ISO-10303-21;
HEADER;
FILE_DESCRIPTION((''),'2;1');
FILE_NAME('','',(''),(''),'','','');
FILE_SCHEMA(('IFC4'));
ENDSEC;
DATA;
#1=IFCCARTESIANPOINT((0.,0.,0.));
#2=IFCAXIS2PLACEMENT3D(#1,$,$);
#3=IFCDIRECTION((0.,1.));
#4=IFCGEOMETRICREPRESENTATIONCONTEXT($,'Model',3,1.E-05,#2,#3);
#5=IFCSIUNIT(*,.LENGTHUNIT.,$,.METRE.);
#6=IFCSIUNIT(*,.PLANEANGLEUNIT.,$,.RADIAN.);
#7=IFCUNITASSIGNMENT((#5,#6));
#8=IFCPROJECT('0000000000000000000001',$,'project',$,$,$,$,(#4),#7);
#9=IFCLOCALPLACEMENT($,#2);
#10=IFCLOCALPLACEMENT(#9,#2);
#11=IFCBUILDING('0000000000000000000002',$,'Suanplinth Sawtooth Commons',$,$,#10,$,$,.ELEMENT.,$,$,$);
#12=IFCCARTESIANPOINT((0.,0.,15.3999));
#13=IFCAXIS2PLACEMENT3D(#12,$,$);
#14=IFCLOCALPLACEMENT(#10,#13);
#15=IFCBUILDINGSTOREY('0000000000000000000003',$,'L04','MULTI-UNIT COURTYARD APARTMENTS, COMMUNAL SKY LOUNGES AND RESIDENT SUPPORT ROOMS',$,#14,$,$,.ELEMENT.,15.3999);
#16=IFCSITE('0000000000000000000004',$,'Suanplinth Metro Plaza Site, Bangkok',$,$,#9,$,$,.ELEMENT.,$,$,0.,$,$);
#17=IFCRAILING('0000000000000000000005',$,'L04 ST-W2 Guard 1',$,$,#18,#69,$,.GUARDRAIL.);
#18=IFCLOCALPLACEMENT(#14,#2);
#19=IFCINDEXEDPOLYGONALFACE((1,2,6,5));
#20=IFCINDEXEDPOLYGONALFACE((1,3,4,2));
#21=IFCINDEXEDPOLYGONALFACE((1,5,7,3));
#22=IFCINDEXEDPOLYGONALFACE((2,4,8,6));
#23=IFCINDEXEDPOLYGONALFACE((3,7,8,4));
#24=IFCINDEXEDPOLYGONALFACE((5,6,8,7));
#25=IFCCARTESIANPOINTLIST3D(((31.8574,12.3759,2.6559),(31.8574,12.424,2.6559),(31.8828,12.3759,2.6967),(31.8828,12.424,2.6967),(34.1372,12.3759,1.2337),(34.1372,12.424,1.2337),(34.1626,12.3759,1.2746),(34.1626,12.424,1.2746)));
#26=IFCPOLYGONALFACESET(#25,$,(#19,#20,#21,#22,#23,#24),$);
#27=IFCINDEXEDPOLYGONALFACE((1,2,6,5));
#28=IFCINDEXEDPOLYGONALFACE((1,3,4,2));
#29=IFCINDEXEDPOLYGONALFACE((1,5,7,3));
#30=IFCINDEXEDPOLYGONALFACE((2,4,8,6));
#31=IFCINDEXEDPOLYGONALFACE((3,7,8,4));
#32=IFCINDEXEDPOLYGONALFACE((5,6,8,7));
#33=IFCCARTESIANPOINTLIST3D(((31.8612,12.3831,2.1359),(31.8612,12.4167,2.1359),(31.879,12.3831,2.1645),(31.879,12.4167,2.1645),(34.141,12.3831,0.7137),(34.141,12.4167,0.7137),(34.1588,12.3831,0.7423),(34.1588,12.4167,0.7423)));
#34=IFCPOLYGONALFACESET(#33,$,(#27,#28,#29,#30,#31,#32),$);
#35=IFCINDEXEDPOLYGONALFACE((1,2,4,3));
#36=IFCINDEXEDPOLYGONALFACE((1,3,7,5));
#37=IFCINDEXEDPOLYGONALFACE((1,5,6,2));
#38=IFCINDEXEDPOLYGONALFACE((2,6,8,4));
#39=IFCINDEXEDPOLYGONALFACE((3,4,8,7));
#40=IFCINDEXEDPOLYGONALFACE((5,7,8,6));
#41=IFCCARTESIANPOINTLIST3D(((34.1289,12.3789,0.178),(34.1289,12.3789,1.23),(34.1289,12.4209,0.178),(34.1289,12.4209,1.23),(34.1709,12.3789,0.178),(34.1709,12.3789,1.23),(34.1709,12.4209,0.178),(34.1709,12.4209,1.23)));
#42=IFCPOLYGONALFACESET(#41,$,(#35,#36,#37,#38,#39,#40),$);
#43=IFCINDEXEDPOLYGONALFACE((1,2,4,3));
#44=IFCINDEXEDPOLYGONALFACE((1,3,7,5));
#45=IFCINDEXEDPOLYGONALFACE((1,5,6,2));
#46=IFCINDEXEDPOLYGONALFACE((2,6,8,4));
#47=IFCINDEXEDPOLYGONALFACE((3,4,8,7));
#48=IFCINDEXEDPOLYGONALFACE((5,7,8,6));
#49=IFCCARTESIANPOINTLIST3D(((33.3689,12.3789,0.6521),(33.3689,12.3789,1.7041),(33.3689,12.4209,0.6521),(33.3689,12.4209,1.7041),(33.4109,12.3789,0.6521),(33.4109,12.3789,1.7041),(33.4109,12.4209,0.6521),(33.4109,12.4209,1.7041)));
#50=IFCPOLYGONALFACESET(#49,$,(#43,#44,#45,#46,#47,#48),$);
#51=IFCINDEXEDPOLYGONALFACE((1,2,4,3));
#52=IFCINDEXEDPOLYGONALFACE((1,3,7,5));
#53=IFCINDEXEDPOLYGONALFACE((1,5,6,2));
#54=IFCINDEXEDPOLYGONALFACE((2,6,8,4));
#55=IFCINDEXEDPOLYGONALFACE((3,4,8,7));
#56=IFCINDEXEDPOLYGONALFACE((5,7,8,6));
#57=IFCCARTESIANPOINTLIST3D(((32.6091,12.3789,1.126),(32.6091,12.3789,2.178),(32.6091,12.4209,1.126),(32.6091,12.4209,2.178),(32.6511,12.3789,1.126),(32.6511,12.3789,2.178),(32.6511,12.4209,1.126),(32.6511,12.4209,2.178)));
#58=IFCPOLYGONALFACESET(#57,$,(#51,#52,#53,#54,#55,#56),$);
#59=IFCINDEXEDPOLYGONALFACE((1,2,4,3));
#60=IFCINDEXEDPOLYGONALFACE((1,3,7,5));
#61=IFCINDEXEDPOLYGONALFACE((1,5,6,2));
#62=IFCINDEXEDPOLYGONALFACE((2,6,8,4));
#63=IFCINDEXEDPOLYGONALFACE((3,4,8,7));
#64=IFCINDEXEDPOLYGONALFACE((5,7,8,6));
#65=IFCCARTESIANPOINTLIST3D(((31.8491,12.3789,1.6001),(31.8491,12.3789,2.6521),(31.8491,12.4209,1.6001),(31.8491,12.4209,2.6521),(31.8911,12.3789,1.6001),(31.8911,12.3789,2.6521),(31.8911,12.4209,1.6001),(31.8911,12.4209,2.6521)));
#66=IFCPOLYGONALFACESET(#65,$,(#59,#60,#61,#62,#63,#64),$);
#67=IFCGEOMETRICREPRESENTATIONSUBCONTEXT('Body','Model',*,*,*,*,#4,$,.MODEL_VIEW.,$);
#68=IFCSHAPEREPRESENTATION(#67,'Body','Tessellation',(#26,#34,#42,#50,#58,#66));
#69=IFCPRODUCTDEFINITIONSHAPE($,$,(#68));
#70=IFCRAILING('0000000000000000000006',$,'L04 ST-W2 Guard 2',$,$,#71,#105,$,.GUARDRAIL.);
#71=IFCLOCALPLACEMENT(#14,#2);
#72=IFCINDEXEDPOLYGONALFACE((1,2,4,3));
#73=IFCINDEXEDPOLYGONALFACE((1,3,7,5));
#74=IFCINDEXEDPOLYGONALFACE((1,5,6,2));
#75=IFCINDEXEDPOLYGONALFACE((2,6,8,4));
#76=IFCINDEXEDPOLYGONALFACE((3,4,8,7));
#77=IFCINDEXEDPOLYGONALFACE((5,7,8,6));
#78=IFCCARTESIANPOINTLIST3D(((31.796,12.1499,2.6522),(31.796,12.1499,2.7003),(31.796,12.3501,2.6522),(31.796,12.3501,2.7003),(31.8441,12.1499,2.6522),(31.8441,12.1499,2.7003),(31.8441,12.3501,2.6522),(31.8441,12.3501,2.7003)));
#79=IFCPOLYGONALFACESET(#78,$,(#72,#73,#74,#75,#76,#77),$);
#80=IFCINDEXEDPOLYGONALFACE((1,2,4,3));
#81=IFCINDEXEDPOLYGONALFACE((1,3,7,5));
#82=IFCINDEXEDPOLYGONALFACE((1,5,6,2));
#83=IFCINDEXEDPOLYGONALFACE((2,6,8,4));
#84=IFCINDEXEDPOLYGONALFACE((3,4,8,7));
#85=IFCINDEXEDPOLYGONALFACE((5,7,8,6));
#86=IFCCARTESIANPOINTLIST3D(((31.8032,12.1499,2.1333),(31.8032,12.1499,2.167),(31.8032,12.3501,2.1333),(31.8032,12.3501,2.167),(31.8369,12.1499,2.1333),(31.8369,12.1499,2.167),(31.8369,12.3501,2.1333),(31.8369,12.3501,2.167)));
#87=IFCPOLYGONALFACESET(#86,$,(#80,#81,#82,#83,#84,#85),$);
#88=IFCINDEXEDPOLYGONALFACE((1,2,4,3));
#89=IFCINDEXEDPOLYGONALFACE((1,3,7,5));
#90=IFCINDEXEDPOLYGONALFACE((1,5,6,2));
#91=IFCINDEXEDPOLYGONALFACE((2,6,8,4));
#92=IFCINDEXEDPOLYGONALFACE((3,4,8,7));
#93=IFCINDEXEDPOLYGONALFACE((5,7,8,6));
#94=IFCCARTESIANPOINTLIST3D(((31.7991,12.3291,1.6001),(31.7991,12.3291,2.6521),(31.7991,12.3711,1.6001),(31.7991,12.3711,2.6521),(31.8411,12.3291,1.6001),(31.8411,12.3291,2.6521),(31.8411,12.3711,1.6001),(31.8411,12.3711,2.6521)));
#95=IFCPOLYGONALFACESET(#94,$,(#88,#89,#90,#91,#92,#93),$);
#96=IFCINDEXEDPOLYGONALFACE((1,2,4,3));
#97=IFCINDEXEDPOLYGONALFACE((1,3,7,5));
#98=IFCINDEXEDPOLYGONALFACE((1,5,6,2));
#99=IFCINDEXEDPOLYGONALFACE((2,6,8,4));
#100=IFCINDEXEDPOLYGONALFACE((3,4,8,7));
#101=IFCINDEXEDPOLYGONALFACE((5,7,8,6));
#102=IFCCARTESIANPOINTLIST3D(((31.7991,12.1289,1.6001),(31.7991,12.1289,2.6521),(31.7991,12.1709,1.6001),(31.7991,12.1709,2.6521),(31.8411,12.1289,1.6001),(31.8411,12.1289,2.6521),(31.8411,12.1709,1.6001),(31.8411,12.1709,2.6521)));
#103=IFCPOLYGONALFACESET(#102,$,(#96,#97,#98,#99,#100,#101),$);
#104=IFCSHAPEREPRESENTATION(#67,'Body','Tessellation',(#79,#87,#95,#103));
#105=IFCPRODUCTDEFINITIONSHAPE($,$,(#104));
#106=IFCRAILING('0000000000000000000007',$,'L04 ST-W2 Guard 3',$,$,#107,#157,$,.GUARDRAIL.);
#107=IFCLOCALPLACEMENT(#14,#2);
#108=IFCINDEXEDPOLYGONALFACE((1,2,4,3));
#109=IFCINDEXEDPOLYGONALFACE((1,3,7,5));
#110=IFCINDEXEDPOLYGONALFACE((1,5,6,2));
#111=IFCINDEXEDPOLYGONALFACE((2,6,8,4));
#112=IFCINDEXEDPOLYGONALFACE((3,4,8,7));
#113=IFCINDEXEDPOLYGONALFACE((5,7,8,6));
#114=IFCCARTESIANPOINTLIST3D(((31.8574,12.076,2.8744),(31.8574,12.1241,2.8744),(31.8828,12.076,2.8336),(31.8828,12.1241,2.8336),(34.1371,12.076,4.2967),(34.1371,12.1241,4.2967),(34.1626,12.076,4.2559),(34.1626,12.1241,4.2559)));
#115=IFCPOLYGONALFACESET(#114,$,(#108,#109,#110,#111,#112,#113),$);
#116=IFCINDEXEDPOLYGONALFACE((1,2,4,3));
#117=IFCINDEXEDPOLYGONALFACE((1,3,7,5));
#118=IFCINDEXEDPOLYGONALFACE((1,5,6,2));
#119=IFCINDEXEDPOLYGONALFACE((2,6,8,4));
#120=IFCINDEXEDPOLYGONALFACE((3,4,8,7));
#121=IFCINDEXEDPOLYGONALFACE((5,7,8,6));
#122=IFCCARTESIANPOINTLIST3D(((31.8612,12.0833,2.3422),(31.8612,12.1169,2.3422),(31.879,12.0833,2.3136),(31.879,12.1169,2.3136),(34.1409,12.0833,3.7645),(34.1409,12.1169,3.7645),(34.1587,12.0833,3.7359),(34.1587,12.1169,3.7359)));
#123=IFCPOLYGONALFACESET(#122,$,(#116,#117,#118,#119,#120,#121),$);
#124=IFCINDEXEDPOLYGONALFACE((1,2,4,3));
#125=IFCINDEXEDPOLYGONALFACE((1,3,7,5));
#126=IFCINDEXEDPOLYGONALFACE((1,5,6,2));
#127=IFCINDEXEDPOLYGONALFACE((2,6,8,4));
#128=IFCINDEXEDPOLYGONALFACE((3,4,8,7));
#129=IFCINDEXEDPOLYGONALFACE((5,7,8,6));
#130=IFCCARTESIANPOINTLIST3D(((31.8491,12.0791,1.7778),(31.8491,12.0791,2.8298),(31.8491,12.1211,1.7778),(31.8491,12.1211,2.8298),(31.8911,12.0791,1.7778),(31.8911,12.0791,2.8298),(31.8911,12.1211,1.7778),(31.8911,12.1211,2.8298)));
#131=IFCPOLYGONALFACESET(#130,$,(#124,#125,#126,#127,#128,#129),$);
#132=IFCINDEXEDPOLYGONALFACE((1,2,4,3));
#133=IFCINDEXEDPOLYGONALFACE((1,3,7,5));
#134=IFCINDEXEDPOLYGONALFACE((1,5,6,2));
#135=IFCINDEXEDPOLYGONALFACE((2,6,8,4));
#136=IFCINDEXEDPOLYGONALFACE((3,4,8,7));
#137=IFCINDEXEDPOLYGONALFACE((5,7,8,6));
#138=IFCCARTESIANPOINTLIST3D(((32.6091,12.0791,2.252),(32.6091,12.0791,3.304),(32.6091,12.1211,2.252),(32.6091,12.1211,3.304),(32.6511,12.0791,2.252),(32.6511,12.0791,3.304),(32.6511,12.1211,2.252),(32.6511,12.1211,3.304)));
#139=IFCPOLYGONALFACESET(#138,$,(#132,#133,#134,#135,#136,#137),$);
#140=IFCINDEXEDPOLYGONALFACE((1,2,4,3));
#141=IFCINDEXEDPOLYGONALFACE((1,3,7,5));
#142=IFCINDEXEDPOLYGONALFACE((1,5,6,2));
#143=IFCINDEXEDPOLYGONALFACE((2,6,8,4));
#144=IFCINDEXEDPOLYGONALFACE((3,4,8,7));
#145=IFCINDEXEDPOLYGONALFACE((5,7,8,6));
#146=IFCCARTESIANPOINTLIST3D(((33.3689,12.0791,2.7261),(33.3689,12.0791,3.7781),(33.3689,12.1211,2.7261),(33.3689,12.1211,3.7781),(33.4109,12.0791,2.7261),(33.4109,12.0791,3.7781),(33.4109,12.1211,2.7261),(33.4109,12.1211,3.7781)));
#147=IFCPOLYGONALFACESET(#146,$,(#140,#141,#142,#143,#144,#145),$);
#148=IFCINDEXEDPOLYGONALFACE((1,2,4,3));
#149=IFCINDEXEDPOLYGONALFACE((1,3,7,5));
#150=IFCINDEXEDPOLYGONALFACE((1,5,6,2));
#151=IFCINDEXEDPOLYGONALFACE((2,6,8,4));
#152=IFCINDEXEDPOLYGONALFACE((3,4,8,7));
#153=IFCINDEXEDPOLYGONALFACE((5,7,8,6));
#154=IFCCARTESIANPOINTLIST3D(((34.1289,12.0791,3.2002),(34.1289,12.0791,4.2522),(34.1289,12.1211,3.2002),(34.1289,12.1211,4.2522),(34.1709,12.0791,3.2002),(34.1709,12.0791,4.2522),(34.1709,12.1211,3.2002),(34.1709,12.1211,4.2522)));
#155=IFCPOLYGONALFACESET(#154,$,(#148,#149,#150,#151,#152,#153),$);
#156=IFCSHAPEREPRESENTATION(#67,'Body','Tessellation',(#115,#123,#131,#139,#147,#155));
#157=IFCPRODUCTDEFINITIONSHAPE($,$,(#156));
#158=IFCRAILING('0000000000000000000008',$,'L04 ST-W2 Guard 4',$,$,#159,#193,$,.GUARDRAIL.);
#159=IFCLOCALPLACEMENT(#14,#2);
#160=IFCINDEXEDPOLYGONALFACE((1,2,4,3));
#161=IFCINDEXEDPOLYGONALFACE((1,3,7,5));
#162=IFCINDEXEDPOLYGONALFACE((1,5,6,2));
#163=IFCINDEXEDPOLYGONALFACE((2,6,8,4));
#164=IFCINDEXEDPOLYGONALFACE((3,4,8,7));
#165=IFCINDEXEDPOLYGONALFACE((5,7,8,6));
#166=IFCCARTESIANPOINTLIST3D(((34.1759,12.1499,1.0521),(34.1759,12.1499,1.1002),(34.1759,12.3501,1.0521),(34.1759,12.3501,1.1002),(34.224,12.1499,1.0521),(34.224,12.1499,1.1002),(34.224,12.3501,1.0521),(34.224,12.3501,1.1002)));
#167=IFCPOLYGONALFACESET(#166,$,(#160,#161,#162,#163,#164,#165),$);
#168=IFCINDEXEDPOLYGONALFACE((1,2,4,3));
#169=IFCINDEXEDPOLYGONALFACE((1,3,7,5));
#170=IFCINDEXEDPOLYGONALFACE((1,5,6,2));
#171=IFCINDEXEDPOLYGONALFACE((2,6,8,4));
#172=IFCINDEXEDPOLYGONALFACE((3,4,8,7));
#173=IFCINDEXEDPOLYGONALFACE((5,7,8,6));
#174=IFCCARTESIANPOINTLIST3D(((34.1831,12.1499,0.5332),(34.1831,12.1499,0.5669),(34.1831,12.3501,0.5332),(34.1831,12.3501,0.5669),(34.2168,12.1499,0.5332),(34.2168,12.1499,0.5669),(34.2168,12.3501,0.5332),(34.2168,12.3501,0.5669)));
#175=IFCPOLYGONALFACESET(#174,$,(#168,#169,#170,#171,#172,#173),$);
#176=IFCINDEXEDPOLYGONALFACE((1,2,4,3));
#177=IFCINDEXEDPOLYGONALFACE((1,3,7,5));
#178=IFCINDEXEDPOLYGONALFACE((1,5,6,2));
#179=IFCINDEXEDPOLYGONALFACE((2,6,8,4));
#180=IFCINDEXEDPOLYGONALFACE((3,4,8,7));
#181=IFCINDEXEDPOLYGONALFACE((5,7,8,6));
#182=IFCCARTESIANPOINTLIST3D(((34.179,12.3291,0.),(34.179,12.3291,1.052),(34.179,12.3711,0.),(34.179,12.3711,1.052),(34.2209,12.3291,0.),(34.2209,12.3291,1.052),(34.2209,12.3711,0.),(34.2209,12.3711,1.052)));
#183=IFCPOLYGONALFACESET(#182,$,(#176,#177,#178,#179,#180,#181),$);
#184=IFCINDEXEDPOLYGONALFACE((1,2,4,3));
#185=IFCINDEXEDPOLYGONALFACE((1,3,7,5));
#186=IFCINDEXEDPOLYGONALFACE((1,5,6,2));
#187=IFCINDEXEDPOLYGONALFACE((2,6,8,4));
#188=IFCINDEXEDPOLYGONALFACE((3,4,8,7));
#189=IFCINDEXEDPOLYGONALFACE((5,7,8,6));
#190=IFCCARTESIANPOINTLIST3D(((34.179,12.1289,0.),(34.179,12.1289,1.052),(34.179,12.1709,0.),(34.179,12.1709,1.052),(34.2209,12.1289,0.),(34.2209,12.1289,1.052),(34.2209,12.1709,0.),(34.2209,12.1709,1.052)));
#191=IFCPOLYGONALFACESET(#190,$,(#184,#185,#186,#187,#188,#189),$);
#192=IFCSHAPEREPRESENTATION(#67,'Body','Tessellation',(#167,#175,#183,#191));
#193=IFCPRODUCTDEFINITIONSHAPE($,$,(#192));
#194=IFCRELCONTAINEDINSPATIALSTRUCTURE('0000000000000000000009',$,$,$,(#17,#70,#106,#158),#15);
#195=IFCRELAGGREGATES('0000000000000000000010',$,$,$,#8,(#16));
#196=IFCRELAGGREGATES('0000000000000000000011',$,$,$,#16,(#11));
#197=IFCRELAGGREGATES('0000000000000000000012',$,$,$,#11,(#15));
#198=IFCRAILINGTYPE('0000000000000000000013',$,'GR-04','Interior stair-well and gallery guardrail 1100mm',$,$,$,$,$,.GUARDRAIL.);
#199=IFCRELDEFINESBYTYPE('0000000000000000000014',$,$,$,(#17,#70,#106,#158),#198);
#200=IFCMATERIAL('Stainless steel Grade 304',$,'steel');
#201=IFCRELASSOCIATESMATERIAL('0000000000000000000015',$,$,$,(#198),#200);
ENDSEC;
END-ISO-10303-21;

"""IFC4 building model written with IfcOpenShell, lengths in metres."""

from ifc_helpers import new_model, si_unit, direction, frame, origin, origin_2d, place, context, subcontext, project, spatial, rectangle, extrude, material, type_object, element, save


model = new_model("IFC4")

# Units and contexts
model_context = context("Model", 3, precision=1e-05, world=origin(), true_north=direction((0.0, 1.0)))
body_context = subcontext(model_context, "Body", "Model", "MODEL_VIEW")
ifc_project = project(units=[si_unit("LENGTHUNIT", "METRE"), si_unit("PLANEANGLEUNIT", "RADIAN")], contexts=[model_context])

# Site, building, storey
site_placement = place(None, origin())
site = spatial("IfcSite", under=ifc_project, at=site_placement, Name="Suanplinth Metro Plaza Site, Bangkok", CompositionType="ELEMENT", RefElevation=0.0)
building_placement = place(site_placement, origin())
building = spatial("IfcBuilding", under=site, at=building_placement, Name="Suanplinth Sawtooth Commons", CompositionType="ELEMENT")
storey_placement = place(building_placement, frame((0.0, 0.0, 15.3999)))
storey = spatial("IfcBuildingStorey", under=building, at=storey_placement, Name="L04", Description="MULTI-UNIT COURTYARD APARTMENTS, COMMUNAL SKY LOUNGES AND RESIDENT SUPPORT ROOMS", CompositionType="ELEMENT", Elevation=15.3999)

# Railings
ifc_material_1 = material(Name="Stainless steel Grade 304", Category="steel")
railing_type_1 = type_object("IfcRailingType", Name="GR-04", Description="Interior stair-well and gallery guardrail 1100mm", PredefinedType="GUARDRAIL", material=ifc_material_1)
railing_1_placement = place(storey_placement, frame((34.1499, 12.3999, 0.178)))
element("IfcRailing", 1, at=railing_1_placement, inside=storey, type_object=railing_type_1, Name="L04 ST-W2 Guard 1", PredefinedType="GUARDRAIL", context=body_context, shape_type="SweptSolid", body=[
    extrude(rectangle(XDim=0.0481, YDim=0.0481, at=origin_2d()), frame((0.0, 0.0, 1.0762), z_axis=(-0.848457, 0.0, 0.529264), x_axis=(0.0, -1.0, 0.0)), (0.0, 0.0, 1.0), 2.687),
    extrude(rectangle(XDim=0.0337, YDim=0.0337, at=origin_2d()), frame((0.0, 0.0, 0.55), z_axis=(-0.848457, 0.0, 0.529264), x_axis=(0.0, -1.0, 0.0)), (0.0, 0.0, 1.0), 2.687),
    extrude(rectangle(XDim=0.042, YDim=0.042, at=origin_2d()), origin(), (0.0, 0.0, 1.0), 1.052),
    extrude(rectangle(XDim=0.042, YDim=0.042, at=origin_2d()), frame((-0.76, 0.0, 0.4741)), (0.0, 0.0, 1.0), 1.052),
    extrude(rectangle(XDim=0.042, YDim=0.042, at=origin_2d()), frame((-1.5198, 0.0, 0.948)), (0.0, 0.0, 1.0), 1.052),
    extrude(rectangle(XDim=0.042, YDim=0.042, at=origin_2d()), frame((-2.2798, 0.0, 1.4221)), (0.0, 0.0, 1.0), 1.052),
])
railing_2_placement = place(storey_placement, frame((31.8201, 12.3501, 1.6001)))
element("IfcRailing", 2, at=railing_2_placement, inside=storey, type_object=railing_type_1, Name="L04 ST-W2 Guard 2", PredefinedType="GUARDRAIL", context=body_context, shape_type="SweptSolid", body=[
    extrude(rectangle(XDim=0.0481, YDim=0.0481, at=origin_2d()), frame((0.0, 0.0, 1.0762), z_axis=(0.0, -1.0, 0.0), x_axis=(1.0, 0.0, 0.0)), (0.0, 0.0, 1.0), 0.2002),
    extrude(rectangle(XDim=0.0337, YDim=0.0337, at=origin_2d()), frame((0.0, 0.0, 0.55), z_axis=(0.0, -1.0, 0.0), x_axis=(1.0, 0.0, 0.0)), (0.0, 0.0, 1.0), 0.2002),
    extrude(rectangle(XDim=0.042, YDim=0.042, at=origin_2d()), origin(), (0.0, 0.0, 1.0), 1.052),
    extrude(rectangle(XDim=0.042, YDim=0.042, at=origin_2d()), frame((0.0, -0.2002, 0.0)), (0.0, 0.0, 1.0), 1.052),
])
railing_3_placement = place(storey_placement, frame((31.8701, 12.1001, 1.7778)))
element("IfcRailing", 3, at=railing_3_placement, inside=storey, type_object=railing_type_1, Name="L04 ST-W2 Guard 3", PredefinedType="GUARDRAIL", context=body_context, shape_type="SweptSolid", body=[
    extrude(rectangle(XDim=0.0481, YDim=0.0481, at=origin_2d()), frame((0.0, 0.0, 1.0762), z_axis=(0.848417, 0.0, 0.529329), x_axis=(0.0, 1.0, 0.0)), (0.0, 0.0, 1.0), 2.687),
    extrude(rectangle(XDim=0.0337, YDim=0.0337, at=origin_2d()), frame((0.0, 0.0, 0.55), z_axis=(0.848417, 0.0, 0.529329), x_axis=(0.0, 1.0, 0.0)), (0.0, 0.0, 1.0), 2.687),
    extrude(rectangle(XDim=0.042, YDim=0.042, at=origin_2d()), origin(), (0.0, 0.0, 1.0), 1.052),
    extrude(rectangle(XDim=0.042, YDim=0.042, at=origin_2d()), frame((0.76, 0.0, 0.4741)), (0.0, 0.0, 1.0), 1.052),
    extrude(rectangle(XDim=0.042, YDim=0.042, at=origin_2d()), frame((1.5198, 0.0, 0.9482)), (0.0, 0.0, 1.0), 1.052),
    extrude(rectangle(XDim=0.042, YDim=0.042, at=origin_2d()), frame((2.2798, 0.0, 1.4224)), (0.0, 0.0, 1.0), 1.052),
])
railing_4_placement = place(storey_placement, frame((34.2, 12.3501, 0.0)))
element("IfcRailing", 4, at=railing_4_placement, inside=storey, type_object=railing_type_1, Name="L04 ST-W2 Guard 4", PredefinedType="GUARDRAIL", context=body_context, shape_type="SweptSolid", body=[
    extrude(rectangle(XDim=0.0481, YDim=0.0481, at=origin_2d()), frame((0.0, 0.0, 1.0762), z_axis=(0.0, -1.0, 0.0), x_axis=(1.0, 0.0, 0.0)), (0.0, 0.0, 1.0), 0.2002),
    extrude(rectangle(XDim=0.0337, YDim=0.0337, at=origin_2d()), frame((0.0, 0.0, 0.55), z_axis=(0.0, -1.0, 0.0), x_axis=(1.0, 0.0, 0.0)), (0.0, 0.0, 1.0), 0.2002),
    extrude(rectangle(XDim=0.042, YDim=0.042, at=origin_2d()), origin(), (0.0, 0.0, 1.0), 1.052),
    extrude(rectangle(XDim=0.042, YDim=0.042, at=origin_2d()), frame((0.0, -0.2002, 0.0)), (0.0, 0.0, 1.0), 1.052),
])

save(model, "model.ifc")
